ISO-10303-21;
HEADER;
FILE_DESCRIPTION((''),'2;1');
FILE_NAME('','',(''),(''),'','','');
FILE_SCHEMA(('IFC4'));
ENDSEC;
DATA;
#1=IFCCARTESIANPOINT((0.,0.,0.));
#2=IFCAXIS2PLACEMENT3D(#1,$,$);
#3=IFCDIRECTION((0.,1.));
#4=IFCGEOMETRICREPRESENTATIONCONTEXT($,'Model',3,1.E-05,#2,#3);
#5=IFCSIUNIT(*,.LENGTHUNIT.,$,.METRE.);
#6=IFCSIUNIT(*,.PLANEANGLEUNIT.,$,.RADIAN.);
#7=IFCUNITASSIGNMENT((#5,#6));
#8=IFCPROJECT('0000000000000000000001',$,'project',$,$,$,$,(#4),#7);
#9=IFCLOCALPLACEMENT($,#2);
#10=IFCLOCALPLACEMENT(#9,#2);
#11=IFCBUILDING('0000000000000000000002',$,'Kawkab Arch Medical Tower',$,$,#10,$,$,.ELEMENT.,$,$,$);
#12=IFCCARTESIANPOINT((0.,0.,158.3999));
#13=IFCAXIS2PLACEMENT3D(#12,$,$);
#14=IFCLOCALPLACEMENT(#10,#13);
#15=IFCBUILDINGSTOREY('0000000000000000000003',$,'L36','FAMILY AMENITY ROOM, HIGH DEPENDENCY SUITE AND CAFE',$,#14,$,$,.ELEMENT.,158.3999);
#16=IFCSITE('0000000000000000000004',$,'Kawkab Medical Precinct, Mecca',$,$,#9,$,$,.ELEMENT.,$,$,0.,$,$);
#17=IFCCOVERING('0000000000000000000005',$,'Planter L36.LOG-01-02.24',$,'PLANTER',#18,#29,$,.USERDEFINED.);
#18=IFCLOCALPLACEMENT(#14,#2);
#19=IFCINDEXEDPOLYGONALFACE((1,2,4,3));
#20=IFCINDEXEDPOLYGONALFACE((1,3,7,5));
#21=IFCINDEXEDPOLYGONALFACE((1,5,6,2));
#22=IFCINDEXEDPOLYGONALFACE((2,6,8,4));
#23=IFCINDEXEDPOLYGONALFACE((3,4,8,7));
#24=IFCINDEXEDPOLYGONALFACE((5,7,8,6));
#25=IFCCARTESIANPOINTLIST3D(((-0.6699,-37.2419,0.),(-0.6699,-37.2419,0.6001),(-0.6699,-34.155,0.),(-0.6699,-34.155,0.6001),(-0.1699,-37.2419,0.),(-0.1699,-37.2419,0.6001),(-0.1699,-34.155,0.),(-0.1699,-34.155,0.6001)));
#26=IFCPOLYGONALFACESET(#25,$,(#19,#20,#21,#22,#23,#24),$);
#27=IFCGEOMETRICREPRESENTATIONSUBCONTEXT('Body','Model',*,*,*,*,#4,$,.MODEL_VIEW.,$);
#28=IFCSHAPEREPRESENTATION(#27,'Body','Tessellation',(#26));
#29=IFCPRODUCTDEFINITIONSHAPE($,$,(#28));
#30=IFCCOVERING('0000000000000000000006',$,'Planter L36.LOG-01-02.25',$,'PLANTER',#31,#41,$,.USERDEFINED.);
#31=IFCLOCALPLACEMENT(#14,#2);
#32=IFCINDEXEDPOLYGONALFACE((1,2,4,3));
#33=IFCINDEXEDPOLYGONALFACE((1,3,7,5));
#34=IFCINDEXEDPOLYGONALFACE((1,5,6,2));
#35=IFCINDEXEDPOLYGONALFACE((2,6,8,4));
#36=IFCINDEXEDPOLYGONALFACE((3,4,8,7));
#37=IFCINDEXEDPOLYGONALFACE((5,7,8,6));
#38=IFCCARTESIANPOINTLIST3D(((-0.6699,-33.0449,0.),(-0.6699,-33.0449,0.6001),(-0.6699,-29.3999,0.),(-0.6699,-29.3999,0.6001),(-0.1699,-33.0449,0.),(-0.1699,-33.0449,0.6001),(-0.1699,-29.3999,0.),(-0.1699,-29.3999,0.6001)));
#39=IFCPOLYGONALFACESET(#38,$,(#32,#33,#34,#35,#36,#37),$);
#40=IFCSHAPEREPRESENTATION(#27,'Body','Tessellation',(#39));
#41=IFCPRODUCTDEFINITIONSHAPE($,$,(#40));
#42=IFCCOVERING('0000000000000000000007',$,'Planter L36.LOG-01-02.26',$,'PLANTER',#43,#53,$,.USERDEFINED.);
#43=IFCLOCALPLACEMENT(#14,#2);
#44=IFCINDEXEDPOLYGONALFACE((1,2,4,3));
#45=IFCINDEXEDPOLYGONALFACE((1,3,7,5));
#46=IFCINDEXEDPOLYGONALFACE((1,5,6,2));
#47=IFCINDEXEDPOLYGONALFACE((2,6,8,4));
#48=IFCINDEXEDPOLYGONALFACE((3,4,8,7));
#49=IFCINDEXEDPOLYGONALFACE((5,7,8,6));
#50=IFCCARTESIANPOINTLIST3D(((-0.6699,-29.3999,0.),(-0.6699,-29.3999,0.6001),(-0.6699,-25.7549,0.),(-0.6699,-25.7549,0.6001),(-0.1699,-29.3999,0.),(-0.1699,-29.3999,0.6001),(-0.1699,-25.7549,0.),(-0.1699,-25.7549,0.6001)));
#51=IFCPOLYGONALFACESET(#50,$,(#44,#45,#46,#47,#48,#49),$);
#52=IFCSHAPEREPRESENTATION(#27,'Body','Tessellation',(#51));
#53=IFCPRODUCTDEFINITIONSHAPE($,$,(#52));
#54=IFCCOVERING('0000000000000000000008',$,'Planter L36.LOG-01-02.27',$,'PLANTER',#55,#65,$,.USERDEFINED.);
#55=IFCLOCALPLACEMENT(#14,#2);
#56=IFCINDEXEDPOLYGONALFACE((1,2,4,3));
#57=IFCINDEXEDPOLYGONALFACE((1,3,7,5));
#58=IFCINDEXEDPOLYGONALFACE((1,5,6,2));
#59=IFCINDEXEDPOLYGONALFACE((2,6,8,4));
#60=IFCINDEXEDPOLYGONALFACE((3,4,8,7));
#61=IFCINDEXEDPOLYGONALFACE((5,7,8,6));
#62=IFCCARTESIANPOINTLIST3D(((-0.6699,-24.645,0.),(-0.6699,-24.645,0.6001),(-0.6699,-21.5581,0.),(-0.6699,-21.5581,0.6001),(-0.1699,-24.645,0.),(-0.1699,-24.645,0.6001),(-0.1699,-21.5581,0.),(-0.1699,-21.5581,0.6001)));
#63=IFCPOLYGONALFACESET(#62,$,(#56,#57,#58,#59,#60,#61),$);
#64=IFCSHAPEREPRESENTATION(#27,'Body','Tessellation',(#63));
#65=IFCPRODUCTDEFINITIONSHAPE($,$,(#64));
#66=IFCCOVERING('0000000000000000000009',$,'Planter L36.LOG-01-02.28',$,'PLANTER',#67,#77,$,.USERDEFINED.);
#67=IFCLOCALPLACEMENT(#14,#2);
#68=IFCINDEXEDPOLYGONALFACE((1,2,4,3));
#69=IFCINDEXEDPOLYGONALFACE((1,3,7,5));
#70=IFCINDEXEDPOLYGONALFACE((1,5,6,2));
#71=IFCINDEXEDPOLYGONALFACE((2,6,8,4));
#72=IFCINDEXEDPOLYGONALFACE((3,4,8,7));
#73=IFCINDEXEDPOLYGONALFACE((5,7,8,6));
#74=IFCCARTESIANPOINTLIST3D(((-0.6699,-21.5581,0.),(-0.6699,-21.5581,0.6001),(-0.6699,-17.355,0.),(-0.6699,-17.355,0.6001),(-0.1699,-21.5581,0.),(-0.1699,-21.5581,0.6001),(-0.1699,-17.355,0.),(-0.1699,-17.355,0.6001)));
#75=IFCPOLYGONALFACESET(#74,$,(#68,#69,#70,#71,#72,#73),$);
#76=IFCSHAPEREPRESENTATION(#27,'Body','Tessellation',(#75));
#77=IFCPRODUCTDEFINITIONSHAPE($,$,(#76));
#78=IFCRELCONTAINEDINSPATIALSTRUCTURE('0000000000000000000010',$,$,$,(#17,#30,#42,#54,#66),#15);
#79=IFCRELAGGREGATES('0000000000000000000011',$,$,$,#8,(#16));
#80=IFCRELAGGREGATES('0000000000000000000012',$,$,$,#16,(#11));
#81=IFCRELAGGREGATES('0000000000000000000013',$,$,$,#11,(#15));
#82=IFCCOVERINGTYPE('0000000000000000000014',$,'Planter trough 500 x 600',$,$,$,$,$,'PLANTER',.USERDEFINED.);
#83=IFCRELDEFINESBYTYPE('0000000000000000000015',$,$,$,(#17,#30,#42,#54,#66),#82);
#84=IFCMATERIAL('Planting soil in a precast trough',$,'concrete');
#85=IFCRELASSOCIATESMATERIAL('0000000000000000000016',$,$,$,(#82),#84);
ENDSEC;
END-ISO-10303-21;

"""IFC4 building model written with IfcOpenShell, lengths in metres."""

from ifc_helpers import new_model, si_unit, direction, frame, origin, origin_2d, place, context, subcontext, project, spatial, rectangle, extrude, material, material_profile, profile_set, type_object, element, save


model = new_model("IFC4")

# Units and contexts
model_context = context("Model", 3, precision=1e-05, world=origin(), true_north=direction((0.0, 1.0)))
body_context = subcontext(model_context, "Body", "Model", "MODEL_VIEW")
ifc_project = project(units=[si_unit("LENGTHUNIT", "METRE"), si_unit("PLANEANGLEUNIT", "RADIAN")], contexts=[model_context])

# Site, building, storey
site_placement = place(None, origin())
site = spatial("IfcSite", under=ifc_project, at=site_placement, Name="Kawkab Medical Precinct, Mecca", CompositionType="ELEMENT", RefElevation=0.0)
building_placement = place(site_placement, origin())
building = spatial("IfcBuilding", under=site, at=building_placement, Name="Kawkab Arch Medical Tower", CompositionType="ELEMENT")
storey_placement = place(building_placement, frame((0.0, 0.0, 158.3999)))
storey = spatial("IfcBuildingStorey", under=building, at=storey_placement, Name="L36", Description="FAMILY AMENITY ROOM, HIGH DEPENDENCY SUITE AND CAFE", CompositionType="ELEMENT", Elevation=158.3999)

# Coverings
ifc_material_1 = material(Name="Planting soil in a precast trough", Category="concrete")
ifc_material_profile_1 = material_profile(ifc_material_1, rectangle(XDim=0.5, YDim=0.6001, at=origin_2d()), Name="Trough 500x600")
ifc_profile_set_1 = profile_set([ifc_material_profile_1], Name="Planting soil in a precast trough")
covering_type_1 = type_object("IfcCoveringType", Name="Planter trough 500 x 600", ElementType="PLANTER", PredefinedType="USERDEFINED", material=ifc_profile_set_1)
covering_1_placement = place(storey_placement, frame((-0.4199, -37.2419, 0.3), z_axis=(0.0, 1.0, 0.0), x_axis=(-1.0, 0.0, 0.0)))
element("IfcCovering", 1, at=covering_1_placement, inside=storey, type_object=covering_type_1, Name="Planter L36.LOG-01-02.24", ObjectType="PLANTER", PredefinedType="USERDEFINED", context=body_context, shape_type="SweptSolid", body=[
    extrude(rectangle(XDim=0.5, YDim=0.6001, at=origin_2d()), origin(), (0.0, 0.0, 1.0), 3.0869),
])
for number, where, z_axis, x_axis, name in (
    (2, (-0.4199, -33.0449, 0.3), (0.0, 1.0, 0.0), (-1.0, 0.0, 0.0), "Planter L36.LOG-01-02.25"),
    (3, (-0.4199, -29.3999, 0.3), (0.0, 1.0, 0.0), (-1.0, 0.0, 0.0), "Planter L36.LOG-01-02.26"),
):
    element("IfcCovering", number, at=place(storey_placement, frame(where, z_axis=z_axis, x_axis=x_axis)), inside=storey, type_object=covering_type_1, Name=name, ObjectType="PLANTER", PredefinedType="USERDEFINED", context=body_context, shape_type="SweptSolid", body=[
        extrude(rectangle(XDim=0.5, YDim=0.6001, at=origin_2d()), origin(), (0.0, 0.0, 1.0), 3.645),
    ])
covering_2_placement = place(storey_placement, frame((-0.4199, -24.645, 0.3), z_axis=(0.0, 1.0, 0.0), x_axis=(-1.0, 0.0, 0.0)))
element("IfcCovering", 4, at=covering_2_placement, inside=storey, type_object=covering_type_1, Name="Planter L36.LOG-01-02.27", ObjectType="PLANTER", PredefinedType="USERDEFINED", context=body_context, shape_type="SweptSolid", body=[
    extrude(rectangle(XDim=0.5, YDim=0.6001, at=origin_2d()), origin(), (0.0, 0.0, 1.0), 3.0869),
])
covering_3_placement = place(storey_placement, frame((-0.4199, -21.5581, 0.3), z_axis=(0.0, 1.0, 0.0), x_axis=(-1.0, 0.0, 0.0)))
element("IfcCovering", 5, at=covering_3_placement, inside=storey, type_object=covering_type_1, Name="Planter L36.LOG-01-02.28", ObjectType="PLANTER", PredefinedType="USERDEFINED", context=body_context, shape_type="SweptSolid", body=[
    extrude(rectangle(XDim=0.5, YDim=0.6001, at=origin_2d()), origin(), (0.0, 0.0, 1.0), 4.2031),
])

save(model, "model.ifc")
